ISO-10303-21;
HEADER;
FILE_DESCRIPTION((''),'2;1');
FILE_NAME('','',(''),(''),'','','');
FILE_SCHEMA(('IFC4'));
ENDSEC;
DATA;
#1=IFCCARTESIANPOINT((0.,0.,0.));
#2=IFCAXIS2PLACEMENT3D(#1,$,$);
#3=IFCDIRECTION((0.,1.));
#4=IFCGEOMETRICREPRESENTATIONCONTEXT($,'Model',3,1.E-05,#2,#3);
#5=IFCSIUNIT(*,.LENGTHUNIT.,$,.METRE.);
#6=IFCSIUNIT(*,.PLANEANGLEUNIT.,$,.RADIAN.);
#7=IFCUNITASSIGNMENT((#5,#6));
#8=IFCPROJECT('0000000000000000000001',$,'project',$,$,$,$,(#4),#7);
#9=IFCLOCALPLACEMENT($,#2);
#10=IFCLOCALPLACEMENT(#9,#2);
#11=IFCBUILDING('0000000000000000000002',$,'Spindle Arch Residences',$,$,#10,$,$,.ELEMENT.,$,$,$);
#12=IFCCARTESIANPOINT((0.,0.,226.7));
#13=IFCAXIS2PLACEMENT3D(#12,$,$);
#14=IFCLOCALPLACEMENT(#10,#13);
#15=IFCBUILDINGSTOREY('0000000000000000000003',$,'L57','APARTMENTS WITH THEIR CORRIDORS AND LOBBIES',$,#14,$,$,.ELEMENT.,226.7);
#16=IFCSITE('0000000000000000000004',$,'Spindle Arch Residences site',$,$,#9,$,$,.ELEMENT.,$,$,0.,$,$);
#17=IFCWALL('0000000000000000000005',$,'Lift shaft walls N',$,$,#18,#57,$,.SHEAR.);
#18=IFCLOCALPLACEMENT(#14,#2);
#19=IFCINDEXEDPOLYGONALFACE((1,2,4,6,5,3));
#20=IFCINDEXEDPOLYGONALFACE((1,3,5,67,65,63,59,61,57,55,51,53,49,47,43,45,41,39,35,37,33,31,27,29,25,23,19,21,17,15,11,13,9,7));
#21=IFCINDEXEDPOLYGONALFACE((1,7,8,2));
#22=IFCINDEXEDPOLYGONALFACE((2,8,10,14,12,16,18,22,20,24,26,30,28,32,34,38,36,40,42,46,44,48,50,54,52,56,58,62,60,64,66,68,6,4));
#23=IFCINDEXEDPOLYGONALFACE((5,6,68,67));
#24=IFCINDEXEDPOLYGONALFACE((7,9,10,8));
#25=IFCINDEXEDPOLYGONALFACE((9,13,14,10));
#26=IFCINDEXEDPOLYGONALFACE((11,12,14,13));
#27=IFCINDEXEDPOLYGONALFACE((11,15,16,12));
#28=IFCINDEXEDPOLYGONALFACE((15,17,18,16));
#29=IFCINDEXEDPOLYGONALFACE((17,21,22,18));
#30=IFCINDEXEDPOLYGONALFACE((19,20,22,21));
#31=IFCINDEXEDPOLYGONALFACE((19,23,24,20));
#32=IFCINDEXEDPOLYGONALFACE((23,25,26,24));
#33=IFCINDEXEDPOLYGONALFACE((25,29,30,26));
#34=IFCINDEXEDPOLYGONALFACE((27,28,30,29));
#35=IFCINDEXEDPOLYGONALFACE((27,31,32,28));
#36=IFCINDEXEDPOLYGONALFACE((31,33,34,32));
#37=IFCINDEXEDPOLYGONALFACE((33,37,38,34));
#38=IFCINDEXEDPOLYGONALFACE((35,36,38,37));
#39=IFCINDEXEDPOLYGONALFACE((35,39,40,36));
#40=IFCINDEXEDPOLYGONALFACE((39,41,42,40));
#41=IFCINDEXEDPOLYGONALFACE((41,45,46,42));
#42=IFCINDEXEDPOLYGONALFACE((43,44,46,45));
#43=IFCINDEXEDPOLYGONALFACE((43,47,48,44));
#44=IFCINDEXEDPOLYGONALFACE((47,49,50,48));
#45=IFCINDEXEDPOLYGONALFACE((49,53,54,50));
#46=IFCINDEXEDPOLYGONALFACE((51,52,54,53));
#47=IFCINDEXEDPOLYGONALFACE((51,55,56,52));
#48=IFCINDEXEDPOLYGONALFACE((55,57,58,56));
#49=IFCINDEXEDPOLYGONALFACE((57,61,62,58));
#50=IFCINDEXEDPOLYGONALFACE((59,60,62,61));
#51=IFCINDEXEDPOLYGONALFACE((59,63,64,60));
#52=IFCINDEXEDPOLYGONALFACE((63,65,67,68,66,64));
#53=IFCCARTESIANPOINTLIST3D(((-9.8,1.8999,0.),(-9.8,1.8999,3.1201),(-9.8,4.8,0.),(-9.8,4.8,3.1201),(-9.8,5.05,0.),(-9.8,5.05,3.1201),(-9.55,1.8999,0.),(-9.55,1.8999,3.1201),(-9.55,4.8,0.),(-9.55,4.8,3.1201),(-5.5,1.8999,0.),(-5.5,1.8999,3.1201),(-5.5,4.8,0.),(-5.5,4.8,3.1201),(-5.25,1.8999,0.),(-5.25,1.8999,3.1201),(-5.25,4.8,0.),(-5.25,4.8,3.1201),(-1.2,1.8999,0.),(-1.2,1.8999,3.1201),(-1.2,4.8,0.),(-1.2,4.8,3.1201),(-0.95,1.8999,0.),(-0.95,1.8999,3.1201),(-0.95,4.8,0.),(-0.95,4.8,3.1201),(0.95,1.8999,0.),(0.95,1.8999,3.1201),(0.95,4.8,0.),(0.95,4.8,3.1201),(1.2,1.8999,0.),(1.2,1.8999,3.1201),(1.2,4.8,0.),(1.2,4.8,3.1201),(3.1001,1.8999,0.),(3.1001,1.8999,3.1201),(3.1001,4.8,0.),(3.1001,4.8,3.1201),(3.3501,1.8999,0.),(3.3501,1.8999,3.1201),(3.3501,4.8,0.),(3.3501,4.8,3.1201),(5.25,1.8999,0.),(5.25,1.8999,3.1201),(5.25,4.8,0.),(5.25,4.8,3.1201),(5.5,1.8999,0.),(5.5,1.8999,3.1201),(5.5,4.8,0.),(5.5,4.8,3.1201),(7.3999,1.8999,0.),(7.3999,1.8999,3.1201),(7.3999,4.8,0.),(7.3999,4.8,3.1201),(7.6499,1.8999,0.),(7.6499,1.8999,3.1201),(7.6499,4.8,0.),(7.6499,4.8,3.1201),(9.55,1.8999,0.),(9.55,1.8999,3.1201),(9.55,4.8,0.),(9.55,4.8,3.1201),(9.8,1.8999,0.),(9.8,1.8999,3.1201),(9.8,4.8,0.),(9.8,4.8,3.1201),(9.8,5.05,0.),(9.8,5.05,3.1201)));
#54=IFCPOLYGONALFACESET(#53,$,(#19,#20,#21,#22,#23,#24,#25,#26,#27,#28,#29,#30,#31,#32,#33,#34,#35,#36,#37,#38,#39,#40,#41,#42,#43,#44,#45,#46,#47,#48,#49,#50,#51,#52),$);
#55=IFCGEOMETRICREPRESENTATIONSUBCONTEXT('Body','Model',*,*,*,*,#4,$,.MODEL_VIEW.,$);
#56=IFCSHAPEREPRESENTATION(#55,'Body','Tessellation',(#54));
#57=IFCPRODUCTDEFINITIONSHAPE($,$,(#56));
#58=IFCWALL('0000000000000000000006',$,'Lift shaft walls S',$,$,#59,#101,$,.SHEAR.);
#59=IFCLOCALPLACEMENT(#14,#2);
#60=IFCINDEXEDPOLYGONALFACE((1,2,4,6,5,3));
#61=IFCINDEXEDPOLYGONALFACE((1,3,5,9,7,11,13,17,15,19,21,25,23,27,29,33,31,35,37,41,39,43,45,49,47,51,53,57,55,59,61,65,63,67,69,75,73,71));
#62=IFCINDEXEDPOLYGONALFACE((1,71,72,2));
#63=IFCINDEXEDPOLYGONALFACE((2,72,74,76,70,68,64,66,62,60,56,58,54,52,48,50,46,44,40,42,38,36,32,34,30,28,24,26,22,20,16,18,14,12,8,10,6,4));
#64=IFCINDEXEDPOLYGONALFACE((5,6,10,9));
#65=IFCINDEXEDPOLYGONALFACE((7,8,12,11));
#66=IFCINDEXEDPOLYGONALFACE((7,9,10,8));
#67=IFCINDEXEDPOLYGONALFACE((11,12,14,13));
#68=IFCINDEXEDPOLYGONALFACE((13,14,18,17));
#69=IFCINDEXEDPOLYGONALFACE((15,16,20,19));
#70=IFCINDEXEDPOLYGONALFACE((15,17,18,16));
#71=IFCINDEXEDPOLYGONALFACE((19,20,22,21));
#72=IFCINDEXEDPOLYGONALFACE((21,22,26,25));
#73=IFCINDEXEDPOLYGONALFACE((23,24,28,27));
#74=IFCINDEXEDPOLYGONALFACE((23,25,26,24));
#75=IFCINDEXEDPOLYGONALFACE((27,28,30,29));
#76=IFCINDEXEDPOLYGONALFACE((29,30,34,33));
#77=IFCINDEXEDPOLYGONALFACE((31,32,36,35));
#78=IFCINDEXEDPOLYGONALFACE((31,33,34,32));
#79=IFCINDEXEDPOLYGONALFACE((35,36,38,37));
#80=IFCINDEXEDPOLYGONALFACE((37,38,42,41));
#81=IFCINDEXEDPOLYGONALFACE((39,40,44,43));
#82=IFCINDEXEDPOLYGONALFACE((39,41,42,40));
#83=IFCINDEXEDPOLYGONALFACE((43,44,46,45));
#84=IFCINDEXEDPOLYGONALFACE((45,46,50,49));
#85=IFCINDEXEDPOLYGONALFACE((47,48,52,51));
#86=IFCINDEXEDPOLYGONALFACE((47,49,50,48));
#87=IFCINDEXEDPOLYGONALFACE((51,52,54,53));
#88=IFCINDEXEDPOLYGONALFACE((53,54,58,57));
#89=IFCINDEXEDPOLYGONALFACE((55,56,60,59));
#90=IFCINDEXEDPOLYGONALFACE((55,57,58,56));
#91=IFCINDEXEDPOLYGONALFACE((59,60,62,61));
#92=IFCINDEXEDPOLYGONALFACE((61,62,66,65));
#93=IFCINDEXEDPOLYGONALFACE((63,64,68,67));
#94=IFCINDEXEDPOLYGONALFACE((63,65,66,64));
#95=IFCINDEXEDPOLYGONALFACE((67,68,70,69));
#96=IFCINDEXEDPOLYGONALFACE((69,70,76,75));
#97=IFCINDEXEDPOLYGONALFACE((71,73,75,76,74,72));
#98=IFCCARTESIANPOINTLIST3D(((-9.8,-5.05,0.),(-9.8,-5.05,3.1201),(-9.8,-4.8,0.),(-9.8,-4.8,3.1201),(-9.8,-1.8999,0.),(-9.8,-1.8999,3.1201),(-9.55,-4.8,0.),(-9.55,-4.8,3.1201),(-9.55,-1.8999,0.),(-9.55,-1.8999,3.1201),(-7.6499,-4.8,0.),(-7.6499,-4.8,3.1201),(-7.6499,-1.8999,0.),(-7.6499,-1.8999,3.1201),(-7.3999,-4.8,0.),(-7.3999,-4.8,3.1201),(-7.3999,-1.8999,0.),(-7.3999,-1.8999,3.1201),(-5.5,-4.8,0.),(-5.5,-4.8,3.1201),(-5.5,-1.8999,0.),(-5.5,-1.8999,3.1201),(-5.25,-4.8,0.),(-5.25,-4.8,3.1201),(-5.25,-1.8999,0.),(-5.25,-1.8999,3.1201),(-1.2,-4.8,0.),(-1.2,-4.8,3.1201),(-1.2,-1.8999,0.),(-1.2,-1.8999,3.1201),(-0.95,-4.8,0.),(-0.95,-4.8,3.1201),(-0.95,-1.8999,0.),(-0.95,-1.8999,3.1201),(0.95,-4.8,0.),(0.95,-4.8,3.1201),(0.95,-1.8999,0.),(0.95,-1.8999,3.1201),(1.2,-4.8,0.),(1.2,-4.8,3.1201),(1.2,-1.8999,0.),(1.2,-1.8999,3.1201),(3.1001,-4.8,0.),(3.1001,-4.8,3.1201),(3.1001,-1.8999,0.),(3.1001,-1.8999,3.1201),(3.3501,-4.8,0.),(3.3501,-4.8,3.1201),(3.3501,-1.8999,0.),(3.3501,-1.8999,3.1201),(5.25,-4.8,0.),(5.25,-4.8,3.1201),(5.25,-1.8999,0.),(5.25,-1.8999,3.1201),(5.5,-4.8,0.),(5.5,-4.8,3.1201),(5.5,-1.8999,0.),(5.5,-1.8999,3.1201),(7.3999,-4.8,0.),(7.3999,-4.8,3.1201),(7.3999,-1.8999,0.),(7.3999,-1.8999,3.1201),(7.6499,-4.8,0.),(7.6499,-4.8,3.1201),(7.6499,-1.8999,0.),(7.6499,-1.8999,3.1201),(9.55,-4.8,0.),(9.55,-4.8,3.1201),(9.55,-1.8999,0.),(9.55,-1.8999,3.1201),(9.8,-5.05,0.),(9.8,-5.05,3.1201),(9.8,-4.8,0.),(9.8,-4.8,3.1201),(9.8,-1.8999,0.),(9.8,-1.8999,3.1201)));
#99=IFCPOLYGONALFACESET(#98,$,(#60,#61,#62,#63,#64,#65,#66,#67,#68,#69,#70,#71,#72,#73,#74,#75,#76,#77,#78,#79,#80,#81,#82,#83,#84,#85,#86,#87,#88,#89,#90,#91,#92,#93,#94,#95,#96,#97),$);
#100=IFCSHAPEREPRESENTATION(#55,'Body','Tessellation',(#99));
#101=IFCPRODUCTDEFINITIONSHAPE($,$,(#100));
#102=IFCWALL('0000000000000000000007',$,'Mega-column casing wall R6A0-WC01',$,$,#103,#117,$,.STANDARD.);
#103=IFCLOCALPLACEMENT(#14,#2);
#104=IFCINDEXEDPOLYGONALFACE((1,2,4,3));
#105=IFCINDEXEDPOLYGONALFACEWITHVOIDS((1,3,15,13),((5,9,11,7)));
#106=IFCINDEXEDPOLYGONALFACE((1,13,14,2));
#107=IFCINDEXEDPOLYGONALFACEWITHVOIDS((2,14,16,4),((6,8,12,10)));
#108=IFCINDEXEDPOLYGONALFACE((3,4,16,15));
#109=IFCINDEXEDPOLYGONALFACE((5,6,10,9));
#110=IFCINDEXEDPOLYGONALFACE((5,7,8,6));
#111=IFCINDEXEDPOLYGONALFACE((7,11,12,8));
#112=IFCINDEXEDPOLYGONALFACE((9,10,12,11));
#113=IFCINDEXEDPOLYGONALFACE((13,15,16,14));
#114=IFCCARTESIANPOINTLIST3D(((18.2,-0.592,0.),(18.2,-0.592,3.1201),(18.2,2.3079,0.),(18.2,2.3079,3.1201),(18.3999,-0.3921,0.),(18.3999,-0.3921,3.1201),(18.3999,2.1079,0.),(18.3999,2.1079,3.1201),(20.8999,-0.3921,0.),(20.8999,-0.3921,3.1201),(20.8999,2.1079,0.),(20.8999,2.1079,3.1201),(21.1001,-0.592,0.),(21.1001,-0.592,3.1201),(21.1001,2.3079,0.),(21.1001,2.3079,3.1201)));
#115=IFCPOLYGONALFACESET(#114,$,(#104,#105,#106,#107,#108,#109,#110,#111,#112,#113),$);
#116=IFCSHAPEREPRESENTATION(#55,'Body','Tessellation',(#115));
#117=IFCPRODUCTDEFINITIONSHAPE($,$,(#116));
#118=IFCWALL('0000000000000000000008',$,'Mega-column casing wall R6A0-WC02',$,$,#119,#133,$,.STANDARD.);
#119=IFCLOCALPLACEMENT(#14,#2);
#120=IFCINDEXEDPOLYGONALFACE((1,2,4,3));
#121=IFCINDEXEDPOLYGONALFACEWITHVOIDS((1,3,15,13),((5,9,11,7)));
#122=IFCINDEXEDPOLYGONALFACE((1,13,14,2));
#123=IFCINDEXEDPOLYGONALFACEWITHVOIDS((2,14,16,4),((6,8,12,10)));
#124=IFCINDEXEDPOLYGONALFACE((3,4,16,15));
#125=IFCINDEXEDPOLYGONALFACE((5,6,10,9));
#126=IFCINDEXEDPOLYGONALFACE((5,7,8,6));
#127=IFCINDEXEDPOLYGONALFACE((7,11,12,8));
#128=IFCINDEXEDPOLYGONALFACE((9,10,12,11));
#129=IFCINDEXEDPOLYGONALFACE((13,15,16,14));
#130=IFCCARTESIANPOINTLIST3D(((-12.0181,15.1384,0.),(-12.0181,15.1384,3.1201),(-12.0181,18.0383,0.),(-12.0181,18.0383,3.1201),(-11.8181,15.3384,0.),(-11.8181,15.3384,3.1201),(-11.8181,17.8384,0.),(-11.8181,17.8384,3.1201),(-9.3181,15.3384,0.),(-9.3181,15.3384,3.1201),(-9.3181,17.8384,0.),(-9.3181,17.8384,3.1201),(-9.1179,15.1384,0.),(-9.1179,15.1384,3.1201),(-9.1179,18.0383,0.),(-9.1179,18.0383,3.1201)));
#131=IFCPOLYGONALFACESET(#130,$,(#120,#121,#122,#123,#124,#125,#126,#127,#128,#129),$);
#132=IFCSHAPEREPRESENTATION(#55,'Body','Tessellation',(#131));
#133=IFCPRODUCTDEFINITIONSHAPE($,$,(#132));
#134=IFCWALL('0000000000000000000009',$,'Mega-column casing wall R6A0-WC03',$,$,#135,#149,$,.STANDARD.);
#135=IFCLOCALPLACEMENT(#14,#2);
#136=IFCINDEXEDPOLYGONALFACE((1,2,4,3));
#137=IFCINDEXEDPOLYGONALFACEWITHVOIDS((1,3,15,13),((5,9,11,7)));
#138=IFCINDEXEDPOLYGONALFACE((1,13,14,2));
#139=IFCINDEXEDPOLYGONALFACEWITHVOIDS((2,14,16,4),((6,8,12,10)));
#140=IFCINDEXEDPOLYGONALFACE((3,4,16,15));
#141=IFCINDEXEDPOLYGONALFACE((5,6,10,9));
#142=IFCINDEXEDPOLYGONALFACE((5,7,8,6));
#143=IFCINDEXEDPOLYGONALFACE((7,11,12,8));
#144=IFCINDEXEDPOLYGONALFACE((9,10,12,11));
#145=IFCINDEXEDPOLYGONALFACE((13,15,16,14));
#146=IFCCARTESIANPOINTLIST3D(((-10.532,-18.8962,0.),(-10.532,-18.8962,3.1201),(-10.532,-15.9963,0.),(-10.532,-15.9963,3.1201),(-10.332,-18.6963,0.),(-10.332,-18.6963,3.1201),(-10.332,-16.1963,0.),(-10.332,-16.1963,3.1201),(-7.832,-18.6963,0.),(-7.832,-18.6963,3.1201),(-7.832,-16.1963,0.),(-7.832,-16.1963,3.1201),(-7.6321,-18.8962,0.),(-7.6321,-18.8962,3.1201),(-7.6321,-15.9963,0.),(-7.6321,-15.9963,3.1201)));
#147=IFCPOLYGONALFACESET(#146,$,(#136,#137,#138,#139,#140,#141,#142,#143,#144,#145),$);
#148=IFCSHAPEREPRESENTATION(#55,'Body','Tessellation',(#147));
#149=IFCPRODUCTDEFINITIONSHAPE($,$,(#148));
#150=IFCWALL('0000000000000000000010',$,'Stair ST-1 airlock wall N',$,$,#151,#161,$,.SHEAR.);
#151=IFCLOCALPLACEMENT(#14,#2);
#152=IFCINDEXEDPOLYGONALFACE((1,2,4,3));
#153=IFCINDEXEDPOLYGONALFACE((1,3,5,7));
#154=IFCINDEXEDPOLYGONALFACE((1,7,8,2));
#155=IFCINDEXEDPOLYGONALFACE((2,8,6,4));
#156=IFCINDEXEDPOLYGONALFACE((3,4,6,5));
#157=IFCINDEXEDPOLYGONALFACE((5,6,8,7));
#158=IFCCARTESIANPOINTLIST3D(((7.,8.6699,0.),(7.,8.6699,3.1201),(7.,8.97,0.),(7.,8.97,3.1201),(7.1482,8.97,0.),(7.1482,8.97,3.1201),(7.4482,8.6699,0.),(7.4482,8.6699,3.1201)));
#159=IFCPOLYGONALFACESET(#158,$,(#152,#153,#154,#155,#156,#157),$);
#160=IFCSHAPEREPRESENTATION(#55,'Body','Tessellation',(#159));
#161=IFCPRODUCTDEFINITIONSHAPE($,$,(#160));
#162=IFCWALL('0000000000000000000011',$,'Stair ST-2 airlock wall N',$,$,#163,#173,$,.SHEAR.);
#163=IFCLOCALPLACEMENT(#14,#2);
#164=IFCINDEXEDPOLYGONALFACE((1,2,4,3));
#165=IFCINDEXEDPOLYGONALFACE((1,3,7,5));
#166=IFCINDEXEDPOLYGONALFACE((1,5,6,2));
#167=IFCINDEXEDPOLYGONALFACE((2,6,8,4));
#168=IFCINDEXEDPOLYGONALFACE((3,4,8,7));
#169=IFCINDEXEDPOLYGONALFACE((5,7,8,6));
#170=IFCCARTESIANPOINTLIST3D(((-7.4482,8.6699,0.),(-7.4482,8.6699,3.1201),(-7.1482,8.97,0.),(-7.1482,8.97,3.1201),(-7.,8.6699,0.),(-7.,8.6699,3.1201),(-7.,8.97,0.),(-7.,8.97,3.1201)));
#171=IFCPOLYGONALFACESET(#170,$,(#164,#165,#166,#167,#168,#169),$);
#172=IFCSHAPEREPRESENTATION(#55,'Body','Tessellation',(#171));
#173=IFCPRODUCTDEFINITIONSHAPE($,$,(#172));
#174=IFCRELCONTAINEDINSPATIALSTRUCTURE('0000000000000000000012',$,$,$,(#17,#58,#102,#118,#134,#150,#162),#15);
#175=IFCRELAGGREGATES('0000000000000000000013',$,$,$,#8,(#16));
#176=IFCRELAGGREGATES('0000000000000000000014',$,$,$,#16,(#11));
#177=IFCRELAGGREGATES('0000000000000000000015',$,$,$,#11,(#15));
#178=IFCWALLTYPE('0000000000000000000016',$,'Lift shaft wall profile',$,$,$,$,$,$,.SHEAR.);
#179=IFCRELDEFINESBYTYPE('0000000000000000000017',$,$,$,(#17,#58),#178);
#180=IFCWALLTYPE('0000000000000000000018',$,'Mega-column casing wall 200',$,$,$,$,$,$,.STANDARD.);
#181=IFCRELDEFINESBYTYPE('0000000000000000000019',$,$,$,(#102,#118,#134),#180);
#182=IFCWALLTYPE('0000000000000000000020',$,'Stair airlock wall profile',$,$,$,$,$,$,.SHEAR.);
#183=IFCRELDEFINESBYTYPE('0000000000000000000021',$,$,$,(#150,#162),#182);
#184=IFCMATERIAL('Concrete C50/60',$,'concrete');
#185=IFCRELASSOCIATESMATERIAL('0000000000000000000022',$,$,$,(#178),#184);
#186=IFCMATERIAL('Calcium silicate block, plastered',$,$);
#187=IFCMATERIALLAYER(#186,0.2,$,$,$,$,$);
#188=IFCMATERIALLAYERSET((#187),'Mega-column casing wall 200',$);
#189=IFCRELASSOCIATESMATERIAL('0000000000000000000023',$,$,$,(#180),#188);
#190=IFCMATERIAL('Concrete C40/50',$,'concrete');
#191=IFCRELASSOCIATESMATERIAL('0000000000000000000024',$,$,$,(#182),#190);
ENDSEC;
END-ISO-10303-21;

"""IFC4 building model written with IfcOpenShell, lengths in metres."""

from ifc_helpers import new_model, si_unit, direction, frame, origin, place, context, subcontext, project, spatial, polyline, outline, extrude, material, layer, layer_set, type_object, element, save


model = new_model("IFC4")

# Units and contexts
model_context = context("Model", 3, precision=1e-05, world=origin(), true_north=direction((0.0, 1.0)))
body_context = subcontext(model_context, "Body", "Model", "MODEL_VIEW")
ifc_project = project(units=[si_unit("LENGTHUNIT", "METRE"), si_unit("PLANEANGLEUNIT", "RADIAN")], contexts=[model_context])

# Site, building, storey
site_placement = place(None, origin())
site = spatial("IfcSite", under=ifc_project, at=site_placement, Name="Spindle Arch Residences site", CompositionType="ELEMENT", RefElevation=0.0)
building_placement = place(site_placement, origin())
building = spatial("IfcBuilding", under=site, at=building_placement, Name="Spindle Arch Residences", CompositionType="ELEMENT")
storey_placement = place(building_placement, frame((0.0, 0.0, 226.7)))
storey = spatial("IfcBuildingStorey", under=building, at=storey_placement, Name="L57", Description="APARTMENTS WITH THEIR CORRIDORS AND LOBBIES", CompositionType="ELEMENT", Elevation=226.7)

# Walls
ifc_material_1 = material(Name="Concrete C50/60", Category="concrete")
wall_type_1 = type_object("IfcWallType", Name="Lift shaft wall profile", PredefinedType="SHEAR", material=ifc_material_1)
wall_1_placement = place(storey_placement, origin())
element("IfcWall", 1, at=wall_1_placement, inside=storey, type_object=wall_type_1, Name="Lift shaft walls N", PredefinedType="SHEAR", context=body_context, shape_type="SweptSolid", body=[
    extrude(outline(polyline([(-9.55, 4.8), (-5.5, 4.8), (-5.5, 1.8999), (-5.25, 1.8999), (-5.25, 4.8), (-1.2, 4.8), (-1.2, 1.8999), (-0.95, 1.8999), (-0.95, 4.8), (0.95, 4.8), (0.95, 1.8999), (1.2, 1.8999), (1.2, 4.8), (3.1001, 4.8), (3.1001, 1.8999), (3.3501, 1.8999), (3.3501, 4.8), (5.25, 4.8), (5.25, 1.8999), (5.5, 1.8999), (5.5, 4.8), (7.3999, 4.8), (7.3999, 1.8999), (7.6499, 1.8999), (7.6499, 4.8), (9.55, 4.8), (9.55, 1.8999), (9.8, 1.8999), (9.8, 4.8), (9.8, 5.05), (-9.8, 5.05), (-9.8, 4.8), (-9.8, 1.8999), (-9.55, 1.8999), (-9.55, 4.8)])), origin(), (0.0, 0.0, 1.0), 3.1201),
])
wall_2_placement = place(storey_placement, origin())
element("IfcWall", 2, at=wall_2_placement, inside=storey, type_object=wall_type_1, Name="Lift shaft walls S", PredefinedType="SHEAR", context=body_context, shape_type="SweptSolid", body=[
    extrude(outline(polyline([(9.8, -5.05), (9.8, -4.8), (9.8, -1.8999), (9.55, -1.8999), (9.55, -4.8), (7.6499, -4.8), (7.6499, -1.8999), (7.3999, -1.8999), (7.3999, -4.8), (5.5, -4.8), (5.5, -1.8999), (5.25, -1.8999), (5.25, -4.8), (3.3501, -4.8), (3.3501, -1.8999), (3.1001, -1.8999), (3.1001, -4.8), (1.2, -4.8), (1.2, -1.8999), (0.95, -1.8999), (0.95, -4.8), (-0.95, -4.8), (-0.95, -1.8999), (-1.2, -1.8999), (-1.2, -4.8), (-5.25, -4.8), (-5.25, -1.8999), (-5.5, -1.8999), (-5.5, -4.8), (-7.3999, -4.8), (-7.3999, -1.8999), (-7.6499, -1.8999), (-7.6499, -4.8), (-9.55, -4.8), (-9.55, -1.8999), (-9.8, -1.8999), (-9.8, -4.8), (-9.8, -5.05), (9.8, -5.05)])), origin(), (0.0, 0.0, 1.0), 3.1201),
])
ifc_material_2 = material(Name="Calcium silicate block, plastered")
ifc_layer_1 = layer(ifc_material_2, 0.2)
ifc_layer_set_1 = layer_set([ifc_layer_1], Name="Mega-column casing wall 200")
wall_type_2 = type_object("IfcWallType", Name="Mega-column casing wall 200", PredefinedType="STANDARD", material=ifc_layer_set_1)
wall_3_placement = place(storey_placement, origin())
element("IfcWall", 3, at=wall_3_placement, inside=storey, type_object=wall_type_2, Name="Mega-column casing wall R6A0-WC01", PredefinedType="STANDARD", context=body_context, shape_type="SweptSolid", body=[
    extrude(outline(polyline([(21.1001, 2.3079), (21.1001, -0.592), (18.2, -0.592), (18.2, 2.3079), (21.1001, 2.3079)]), holes=[polyline([(18.3999, -0.3921), (20.8999, -0.3921), (20.8999, 2.1079), (18.3999, 2.1079), (18.3999, -0.3921)])]), origin(), (0.0, 0.0, 1.0), 3.1201),
])
wall_4_placement = place(storey_placement, origin())
element("IfcWall", 4, at=wall_4_placement, inside=storey, type_object=wall_type_2, Name="Mega-column casing wall R6A0-WC02", PredefinedType="STANDARD", context=body_context, shape_type="SweptSolid", body=[
    extrude(outline(polyline([(-9.1179, 18.0383), (-9.1179, 15.1384), (-12.0181, 15.1384), (-12.0181, 18.0383), (-9.1179, 18.0383)]), holes=[polyline([(-11.8181, 15.3384), (-9.3181, 15.3384), (-9.3181, 17.8384), (-11.8181, 17.8384), (-11.8181, 15.3384)])]), origin(), (0.0, 0.0, 1.0), 3.1201),
])
wall_5_placement = place(storey_placement, origin())
element("IfcWall", 5, at=wall_5_placement, inside=storey, type_object=wall_type_2, Name="Mega-column casing wall R6A0-WC03", PredefinedType="STANDARD", context=body_context, shape_type="SweptSolid", body=[
    extrude(outline(polyline([(-7.6321, -15.9963), (-7.6321, -18.8962), (-10.532, -18.8962), (-10.532, -15.9963), (-7.6321, -15.9963)]), holes=[polyline([(-10.332, -18.6963), (-7.832, -18.6963), (-7.832, -16.1963), (-10.332, -16.1963), (-10.332, -18.6963)])]), origin(), (0.0, 0.0, 1.0), 3.1201),
])
ifc_material_3 = material(Name="Concrete C40/50", Category="concrete")
wall_type_3 = type_object("IfcWallType", Name="Stair airlock wall profile", PredefinedType="SHEAR", material=ifc_material_3)
wall_6_placement = place(storey_placement, origin())
element("IfcWall", 6, at=wall_6_placement, inside=storey, type_object=wall_type_3, Name="Stair ST-1 airlock wall N", PredefinedType="SHEAR", context=body_context, shape_type="SweptSolid", body=[
    extrude(outline(polyline([(7.4482, 8.6699), (7.0, 8.6699), (7.0, 8.97), (7.1482, 8.97), (7.4482, 8.6699)])), origin(), (0.0, 0.0, 1.0), 3.1201),
])
wall_7_placement = place(storey_placement, origin())
element("IfcWall", 7, at=wall_7_placement, inside=storey, type_object=wall_type_3, Name="Stair ST-2 airlock wall N", PredefinedType="SHEAR", context=body_context, shape_type="SweptSolid", body=[
    extrude(outline(polyline([(-7.1482, 8.97), (-7.0, 8.97), (-7.0, 8.6699), (-7.4482, 8.6699), (-7.1482, 8.97)])), origin(), (0.0, 0.0, 1.0), 3.1201),
])

save(model, "model.ifc")
